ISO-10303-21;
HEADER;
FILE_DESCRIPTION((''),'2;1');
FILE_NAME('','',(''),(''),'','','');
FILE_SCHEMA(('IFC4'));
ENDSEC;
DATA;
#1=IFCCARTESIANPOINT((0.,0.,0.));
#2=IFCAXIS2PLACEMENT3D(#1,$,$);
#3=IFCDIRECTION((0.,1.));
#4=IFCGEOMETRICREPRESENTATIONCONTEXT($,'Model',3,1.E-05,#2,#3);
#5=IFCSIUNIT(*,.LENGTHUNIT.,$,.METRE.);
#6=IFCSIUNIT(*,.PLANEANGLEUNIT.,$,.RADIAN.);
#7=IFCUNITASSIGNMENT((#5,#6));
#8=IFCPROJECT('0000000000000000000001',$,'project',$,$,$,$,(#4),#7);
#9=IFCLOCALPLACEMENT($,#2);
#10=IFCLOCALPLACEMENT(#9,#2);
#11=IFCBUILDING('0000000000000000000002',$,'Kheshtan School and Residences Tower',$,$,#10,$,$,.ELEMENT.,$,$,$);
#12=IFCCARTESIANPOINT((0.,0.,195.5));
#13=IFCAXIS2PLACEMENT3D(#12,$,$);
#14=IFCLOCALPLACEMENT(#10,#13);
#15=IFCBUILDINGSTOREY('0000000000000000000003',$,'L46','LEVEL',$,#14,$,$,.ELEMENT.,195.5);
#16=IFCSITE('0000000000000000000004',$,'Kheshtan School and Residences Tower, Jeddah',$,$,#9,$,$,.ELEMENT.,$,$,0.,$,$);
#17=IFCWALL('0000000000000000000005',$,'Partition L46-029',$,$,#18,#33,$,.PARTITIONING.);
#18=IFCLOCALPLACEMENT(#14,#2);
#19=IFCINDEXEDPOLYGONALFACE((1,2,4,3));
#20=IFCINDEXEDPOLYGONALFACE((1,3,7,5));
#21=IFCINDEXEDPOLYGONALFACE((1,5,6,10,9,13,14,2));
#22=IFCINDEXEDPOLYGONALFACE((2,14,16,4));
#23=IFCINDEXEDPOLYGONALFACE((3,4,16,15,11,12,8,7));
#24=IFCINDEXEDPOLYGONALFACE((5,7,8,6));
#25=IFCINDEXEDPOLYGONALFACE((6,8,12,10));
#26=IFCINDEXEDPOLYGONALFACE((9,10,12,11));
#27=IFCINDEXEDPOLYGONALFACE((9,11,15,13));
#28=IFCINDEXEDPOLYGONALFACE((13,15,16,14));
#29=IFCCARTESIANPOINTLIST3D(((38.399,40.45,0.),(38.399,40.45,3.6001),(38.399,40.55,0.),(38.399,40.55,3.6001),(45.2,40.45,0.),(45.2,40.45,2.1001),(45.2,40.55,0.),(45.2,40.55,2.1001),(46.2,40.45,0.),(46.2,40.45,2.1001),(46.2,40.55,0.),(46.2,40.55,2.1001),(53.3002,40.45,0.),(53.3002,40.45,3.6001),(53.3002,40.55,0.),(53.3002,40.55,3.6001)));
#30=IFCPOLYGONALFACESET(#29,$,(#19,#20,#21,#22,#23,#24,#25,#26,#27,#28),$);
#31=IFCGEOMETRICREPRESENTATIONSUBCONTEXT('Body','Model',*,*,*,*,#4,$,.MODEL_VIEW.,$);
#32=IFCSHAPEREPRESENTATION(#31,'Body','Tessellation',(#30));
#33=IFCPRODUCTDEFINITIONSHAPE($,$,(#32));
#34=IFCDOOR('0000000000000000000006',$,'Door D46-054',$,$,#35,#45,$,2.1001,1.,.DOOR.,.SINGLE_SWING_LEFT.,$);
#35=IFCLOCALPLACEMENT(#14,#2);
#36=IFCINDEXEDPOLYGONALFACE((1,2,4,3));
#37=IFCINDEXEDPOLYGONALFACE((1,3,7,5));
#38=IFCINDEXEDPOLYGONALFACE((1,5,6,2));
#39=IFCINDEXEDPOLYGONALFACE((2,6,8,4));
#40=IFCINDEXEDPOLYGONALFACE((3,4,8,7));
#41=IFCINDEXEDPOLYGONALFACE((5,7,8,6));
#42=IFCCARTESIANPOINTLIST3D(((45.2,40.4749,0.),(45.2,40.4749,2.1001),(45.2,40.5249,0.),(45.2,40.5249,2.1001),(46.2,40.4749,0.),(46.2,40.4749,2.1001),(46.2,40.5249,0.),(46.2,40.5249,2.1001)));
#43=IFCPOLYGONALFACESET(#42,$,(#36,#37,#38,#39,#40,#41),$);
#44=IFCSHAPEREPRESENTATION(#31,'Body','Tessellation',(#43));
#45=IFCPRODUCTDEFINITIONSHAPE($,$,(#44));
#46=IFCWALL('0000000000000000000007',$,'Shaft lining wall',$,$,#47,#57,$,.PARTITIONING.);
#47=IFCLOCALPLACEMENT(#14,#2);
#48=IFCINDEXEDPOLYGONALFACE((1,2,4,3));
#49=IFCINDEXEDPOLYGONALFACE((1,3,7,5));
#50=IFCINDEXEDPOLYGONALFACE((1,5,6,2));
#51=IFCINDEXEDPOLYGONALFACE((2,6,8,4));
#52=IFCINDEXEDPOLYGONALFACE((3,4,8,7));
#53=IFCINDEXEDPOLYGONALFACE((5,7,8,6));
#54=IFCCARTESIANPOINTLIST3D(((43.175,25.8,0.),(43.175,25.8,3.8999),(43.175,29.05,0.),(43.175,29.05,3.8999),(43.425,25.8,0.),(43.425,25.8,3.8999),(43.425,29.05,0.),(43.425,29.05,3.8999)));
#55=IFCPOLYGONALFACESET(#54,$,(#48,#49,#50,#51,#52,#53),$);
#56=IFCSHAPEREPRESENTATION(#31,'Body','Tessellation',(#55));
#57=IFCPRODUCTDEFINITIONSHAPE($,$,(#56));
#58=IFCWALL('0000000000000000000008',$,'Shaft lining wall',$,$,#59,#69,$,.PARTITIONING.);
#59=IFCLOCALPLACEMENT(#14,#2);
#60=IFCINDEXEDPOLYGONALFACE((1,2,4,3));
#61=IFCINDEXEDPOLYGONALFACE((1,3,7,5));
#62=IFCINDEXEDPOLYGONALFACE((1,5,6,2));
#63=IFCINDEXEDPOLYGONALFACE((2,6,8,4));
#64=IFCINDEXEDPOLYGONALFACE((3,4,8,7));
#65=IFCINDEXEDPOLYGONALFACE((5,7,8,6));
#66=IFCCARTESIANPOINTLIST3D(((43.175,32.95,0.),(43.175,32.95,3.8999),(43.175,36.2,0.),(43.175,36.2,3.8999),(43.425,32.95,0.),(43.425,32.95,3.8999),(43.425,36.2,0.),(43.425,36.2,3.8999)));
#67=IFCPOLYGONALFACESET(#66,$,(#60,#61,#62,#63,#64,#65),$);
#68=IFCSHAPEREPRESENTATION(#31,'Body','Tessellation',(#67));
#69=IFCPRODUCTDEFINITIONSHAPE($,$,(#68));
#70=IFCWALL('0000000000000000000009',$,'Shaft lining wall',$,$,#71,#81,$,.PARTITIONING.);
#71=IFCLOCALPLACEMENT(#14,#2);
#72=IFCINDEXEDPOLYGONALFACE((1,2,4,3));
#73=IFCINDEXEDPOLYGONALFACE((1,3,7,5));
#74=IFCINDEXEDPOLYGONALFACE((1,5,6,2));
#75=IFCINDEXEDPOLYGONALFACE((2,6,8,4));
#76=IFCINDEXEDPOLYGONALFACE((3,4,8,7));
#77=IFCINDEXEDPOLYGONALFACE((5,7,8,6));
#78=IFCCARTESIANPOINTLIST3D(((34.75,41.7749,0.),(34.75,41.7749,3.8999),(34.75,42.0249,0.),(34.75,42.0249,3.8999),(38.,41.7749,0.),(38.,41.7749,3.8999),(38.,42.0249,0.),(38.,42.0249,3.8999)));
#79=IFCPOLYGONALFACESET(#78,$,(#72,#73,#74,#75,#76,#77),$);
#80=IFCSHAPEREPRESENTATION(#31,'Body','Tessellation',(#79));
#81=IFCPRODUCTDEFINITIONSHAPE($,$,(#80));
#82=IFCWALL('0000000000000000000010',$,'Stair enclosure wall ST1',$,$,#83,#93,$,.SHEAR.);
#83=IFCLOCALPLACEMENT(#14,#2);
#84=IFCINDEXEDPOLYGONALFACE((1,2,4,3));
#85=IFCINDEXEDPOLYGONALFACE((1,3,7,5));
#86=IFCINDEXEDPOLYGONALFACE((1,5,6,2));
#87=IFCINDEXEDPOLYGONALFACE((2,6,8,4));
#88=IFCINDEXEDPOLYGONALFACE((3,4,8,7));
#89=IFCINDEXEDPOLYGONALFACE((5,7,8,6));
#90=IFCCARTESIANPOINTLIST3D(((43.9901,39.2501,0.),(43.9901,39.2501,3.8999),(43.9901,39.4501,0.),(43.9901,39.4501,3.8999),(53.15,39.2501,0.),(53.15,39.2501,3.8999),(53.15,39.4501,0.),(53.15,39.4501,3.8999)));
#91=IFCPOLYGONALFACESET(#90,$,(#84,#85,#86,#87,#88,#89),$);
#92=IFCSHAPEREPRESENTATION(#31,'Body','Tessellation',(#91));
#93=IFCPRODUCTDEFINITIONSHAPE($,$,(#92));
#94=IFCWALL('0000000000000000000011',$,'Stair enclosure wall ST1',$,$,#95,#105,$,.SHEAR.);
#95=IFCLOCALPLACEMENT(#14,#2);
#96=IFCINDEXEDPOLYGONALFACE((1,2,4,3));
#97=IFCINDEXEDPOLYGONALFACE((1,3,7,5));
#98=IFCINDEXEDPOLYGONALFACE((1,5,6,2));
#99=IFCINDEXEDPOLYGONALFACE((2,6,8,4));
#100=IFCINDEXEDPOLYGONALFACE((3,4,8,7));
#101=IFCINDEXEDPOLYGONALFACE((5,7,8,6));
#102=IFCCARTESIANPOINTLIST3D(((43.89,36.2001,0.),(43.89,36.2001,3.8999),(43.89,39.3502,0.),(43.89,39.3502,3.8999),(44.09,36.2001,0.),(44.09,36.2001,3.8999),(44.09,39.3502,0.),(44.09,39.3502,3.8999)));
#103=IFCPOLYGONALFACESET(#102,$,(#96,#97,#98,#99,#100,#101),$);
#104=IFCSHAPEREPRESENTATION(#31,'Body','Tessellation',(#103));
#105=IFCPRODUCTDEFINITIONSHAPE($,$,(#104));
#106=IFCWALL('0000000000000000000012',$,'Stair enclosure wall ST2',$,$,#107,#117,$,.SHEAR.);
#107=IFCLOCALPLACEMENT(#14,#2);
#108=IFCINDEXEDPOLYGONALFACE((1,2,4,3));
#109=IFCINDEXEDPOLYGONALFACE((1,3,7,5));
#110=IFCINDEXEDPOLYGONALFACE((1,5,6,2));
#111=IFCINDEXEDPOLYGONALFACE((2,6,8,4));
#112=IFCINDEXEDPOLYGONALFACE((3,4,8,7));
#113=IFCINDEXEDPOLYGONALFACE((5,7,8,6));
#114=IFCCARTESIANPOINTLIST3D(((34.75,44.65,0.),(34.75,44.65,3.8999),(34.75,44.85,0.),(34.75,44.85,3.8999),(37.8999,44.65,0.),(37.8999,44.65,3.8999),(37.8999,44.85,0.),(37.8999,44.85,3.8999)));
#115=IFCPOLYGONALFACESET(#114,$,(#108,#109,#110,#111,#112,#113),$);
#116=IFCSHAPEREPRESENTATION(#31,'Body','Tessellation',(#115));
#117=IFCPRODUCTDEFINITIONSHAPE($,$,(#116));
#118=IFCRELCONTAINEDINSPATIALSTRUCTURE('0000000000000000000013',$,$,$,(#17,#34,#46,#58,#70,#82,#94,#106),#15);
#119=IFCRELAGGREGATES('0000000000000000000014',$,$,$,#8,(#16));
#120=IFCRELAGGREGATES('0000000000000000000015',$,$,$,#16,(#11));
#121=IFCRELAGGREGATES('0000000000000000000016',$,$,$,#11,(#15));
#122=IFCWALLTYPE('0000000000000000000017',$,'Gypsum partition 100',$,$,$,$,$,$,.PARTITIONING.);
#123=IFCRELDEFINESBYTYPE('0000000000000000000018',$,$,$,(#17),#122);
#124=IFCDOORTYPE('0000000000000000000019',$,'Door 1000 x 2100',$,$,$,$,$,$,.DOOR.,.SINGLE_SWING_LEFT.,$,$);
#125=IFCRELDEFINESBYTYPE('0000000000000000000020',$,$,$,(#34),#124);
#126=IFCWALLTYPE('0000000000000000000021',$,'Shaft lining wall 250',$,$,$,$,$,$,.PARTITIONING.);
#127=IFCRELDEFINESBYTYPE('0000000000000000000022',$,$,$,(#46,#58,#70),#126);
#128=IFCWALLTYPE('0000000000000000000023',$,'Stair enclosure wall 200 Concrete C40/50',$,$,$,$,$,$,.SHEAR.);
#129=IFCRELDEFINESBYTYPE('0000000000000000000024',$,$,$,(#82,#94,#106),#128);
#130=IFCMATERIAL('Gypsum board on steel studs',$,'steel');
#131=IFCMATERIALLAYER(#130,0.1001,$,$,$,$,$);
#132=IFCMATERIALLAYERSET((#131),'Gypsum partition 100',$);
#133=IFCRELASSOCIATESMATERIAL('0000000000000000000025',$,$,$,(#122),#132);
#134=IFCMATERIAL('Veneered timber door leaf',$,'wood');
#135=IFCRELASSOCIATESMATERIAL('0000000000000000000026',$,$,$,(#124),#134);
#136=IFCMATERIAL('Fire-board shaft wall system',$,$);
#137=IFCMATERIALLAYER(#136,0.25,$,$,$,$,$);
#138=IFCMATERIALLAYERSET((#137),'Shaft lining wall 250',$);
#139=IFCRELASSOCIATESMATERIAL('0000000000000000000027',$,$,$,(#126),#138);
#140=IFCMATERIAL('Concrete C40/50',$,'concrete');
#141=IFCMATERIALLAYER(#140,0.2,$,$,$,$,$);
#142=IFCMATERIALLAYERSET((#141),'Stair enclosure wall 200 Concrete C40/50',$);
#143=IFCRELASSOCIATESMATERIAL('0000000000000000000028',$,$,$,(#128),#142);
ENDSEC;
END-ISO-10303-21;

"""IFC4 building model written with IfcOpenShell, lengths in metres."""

from ifc_helpers import new_model, si_unit, direction, frame, frame_2d, origin, place, context, subcontext, project, spatial, rectangle, extrude, source, transform, mapped, material, layer, layer_set, type_object, element, fill, save


model = new_model("IFC4")

# Units and contexts
model_context = context("Model", 3, precision=1e-05, world=origin(), true_north=direction((0.0, 1.0)))
body_context = subcontext(model_context, "Body", "Model", "MODEL_VIEW")
ifc_project = project(units=[si_unit("LENGTHUNIT", "METRE"), si_unit("PLANEANGLEUNIT", "RADIAN")], contexts=[model_context])

# Site, building, storey
site_placement = place(None, origin())
site = spatial("IfcSite", under=ifc_project, at=site_placement, Name="Kheshtan School and Residences Tower, Jeddah", CompositionType="ELEMENT", RefElevation=0.0)
building_placement = place(site_placement, origin())
building = spatial("IfcBuilding", under=site, at=building_placement, Name="Kheshtan School and Residences Tower", CompositionType="ELEMENT")
storey_placement = place(building_placement, frame((0.0, 0.0, 195.5)))
storey = spatial("IfcBuildingStorey", under=building, at=storey_placement, Name="L46", Description="LEVEL", CompositionType="ELEMENT", Elevation=195.5)

# Wall, opening, door
ifc_material_1 = material(Name="Gypsum board on steel studs", Category="steel")
ifc_layer_1 = layer(ifc_material_1, 0.1001)
ifc_layer_set_1 = layer_set([ifc_layer_1], Name="Gypsum partition 100")
wall_type_1 = type_object("IfcWallType", Name="Gypsum partition 100", PredefinedType="PARTITIONING", material=ifc_layer_set_1)
wall_1_placement = place(storey_placement, frame((38.3989, 40.5, 0.0), z_axis=(0.0, 0.0, 1.0), x_axis=(1.0, 0.0, 0.0)))
wall_1 = element("IfcWall", 1, at=wall_1_placement, inside=storey, type_object=wall_type_1, Name="Partition L46-029", PredefinedType="PARTITIONING", context=body_context, shape_type="SweptSolid", body=[
    extrude(rectangle(XDim=14.9011, YDim=0.1001, at=frame_2d((7.4507, 0.0))), origin(), (0.0, 0.0, 1.0), 3.6001),
])
opening_1_placement = place(wall_1_placement, frame((6.801, 0.0, 0.0)))
opening_1 = element("IfcOpeningElement", 2, at=opening_1_placement, cuts=wall_1, PredefinedType="OPENING", context=body_context, shape_type="SweptSolid", body=[
    extrude(rectangle(XDim=1.0, YDim=2.1001, at=frame_2d((0.5, 1.05))), frame((0.0, 0.0601, 0.0), z_axis=(0.0, -1.0, 0.0), x_axis=(1.0, 0.0, 0.0)), (0.0, 0.0, 1.0), 0.1201),
])
ifc_material_2 = material(Name="Veneered timber door leaf", Category="wood")
door_type_1 = type_object("IfcDoorType", Name="Door 1000 x 2100", OperationType="SINGLE_SWING_LEFT", PredefinedType="DOOR", material=ifc_material_2)
shared_shape_1 = source(origin(), body_context, "Body", "SweptSolid", [
    extrude(rectangle(XDim=1.0, YDim=2.1001, at=frame_2d((0.5, 1.05))), frame((0.0, 0.0249, 0.0), z_axis=(0.0, -1.0, 0.0), x_axis=(1.0, 0.0, 0.0)), (0.0, 0.0, 1.0), 0.05),
])
door_1_placement = place(opening_1_placement, origin())
door_1 = element("IfcDoor", 3, at=door_1_placement, inside=storey, type_object=door_type_1, Name="Door D46-054", OperationType="SINGLE_SWING_LEFT", OverallHeight=2.1001, OverallWidth=1.0, PredefinedType="DOOR", context=body_context, shape_type="MappedRepresentation", body=[
    mapped(shared_shape_1, transform((0.0, 0.0, 0.0), x_axis=(1.0, 0.0, 0.0), y_axis=(0.0, 1.0, 0.0), z_axis=(0.0, 0.0, 1.0), scale=1.0)),
])
fill(opening_1, door_1)

# Walls
ifc_material_3 = material(Name="Fire-board shaft wall system")
ifc_layer_2 = layer(ifc_material_3, 0.25)
ifc_layer_set_2 = layer_set([ifc_layer_2], Name="Shaft lining wall 250")
wall_type_2 = type_object("IfcWallType", Name="Shaft lining wall 250", PredefinedType="PARTITIONING", material=ifc_layer_set_2)
for number, where, z_axis, x_axis, name in (
    (4, (43.3, 25.8, 0.0), (0.0, 0.0, 1.0), (0.0, 1.0, 0.0), "Shaft lining wall"),
    (5, (43.3, 32.95, 0.0), (0.0, 0.0, 1.0), (0.0, 1.0, 0.0), "Shaft lining wall"),
    (6, (34.75, 41.8999, 0.0), (0.0, 0.0, 1.0), (1.0, 0.0, 0.0), "Shaft lining wall"),
):
    element("IfcWall", number, at=place(storey_placement, frame(where, z_axis=z_axis, x_axis=x_axis)), inside=storey, type_object=wall_type_2, Name=name, PredefinedType="PARTITIONING", context=body_context, shape_type="SweptSolid", body=[
        extrude(rectangle(XDim=3.25, YDim=0.25, at=frame_2d((1.625, 0.0))), origin(), (0.0, 0.0, 1.0), 3.8999),
    ])
ifc_material_4 = material(Name="Concrete C40/50", Category="concrete")
ifc_layer_3 = layer(ifc_material_4, 0.2)
ifc_layer_set_3 = layer_set([ifc_layer_3], Name="Stair enclosure wall 200 Concrete C40/50")
wall_type_3 = type_object("IfcWallType", Name="Stair enclosure wall 200 Concrete C40/50", PredefinedType="SHEAR", material=ifc_layer_set_3)
wall_2_placement = place(storey_placement, frame((43.99, 39.3501, 0.0), z_axis=(0.0, 0.0, 1.0), x_axis=(1.0, 0.0, 0.0)))
element("IfcWall", 7, at=wall_2_placement, inside=storey, type_object=wall_type_3, Name="Stair enclosure wall ST1", PredefinedType="SHEAR", context=body_context, shape_type="SweptSolid", body=[
    extrude(rectangle(XDim=9.1599, YDim=0.2, at=frame_2d((4.5801, 0.0))), origin(), (0.0, 0.0, 1.0), 3.8999),
])
wall_3_placement = place(storey_placement, frame((43.99, 36.2, 0.0), z_axis=(0.0, 0.0, 1.0), x_axis=(0.0, 1.0, 0.0)))
element("IfcWall", 8, at=wall_3_placement, inside=storey, type_object=wall_type_3, Name="Stair enclosure wall ST1", PredefinedType="SHEAR", context=body_context, shape_type="SweptSolid", body=[
    extrude(rectangle(XDim=3.1501, YDim=0.2, at=frame_2d((1.5752, 0.0))), origin(), (0.0, 0.0, 1.0), 3.8999),
])
wall_4_placement = place(storey_placement, frame((34.75, 44.75, 0.0), z_axis=(0.0, 0.0, 1.0), x_axis=(1.0, 0.0, 0.0)))
element("IfcWall", 9, at=wall_4_placement, inside=storey, type_object=wall_type_3, Name="Stair enclosure wall ST2", PredefinedType="SHEAR", context=body_context, shape_type="SweptSolid", body=[
    extrude(rectangle(XDim=3.1499, YDim=0.2, at=frame_2d((1.575, 0.0))), origin(), (0.0, 0.0, 1.0), 3.8999),
])

save(model, "model.ifc")
